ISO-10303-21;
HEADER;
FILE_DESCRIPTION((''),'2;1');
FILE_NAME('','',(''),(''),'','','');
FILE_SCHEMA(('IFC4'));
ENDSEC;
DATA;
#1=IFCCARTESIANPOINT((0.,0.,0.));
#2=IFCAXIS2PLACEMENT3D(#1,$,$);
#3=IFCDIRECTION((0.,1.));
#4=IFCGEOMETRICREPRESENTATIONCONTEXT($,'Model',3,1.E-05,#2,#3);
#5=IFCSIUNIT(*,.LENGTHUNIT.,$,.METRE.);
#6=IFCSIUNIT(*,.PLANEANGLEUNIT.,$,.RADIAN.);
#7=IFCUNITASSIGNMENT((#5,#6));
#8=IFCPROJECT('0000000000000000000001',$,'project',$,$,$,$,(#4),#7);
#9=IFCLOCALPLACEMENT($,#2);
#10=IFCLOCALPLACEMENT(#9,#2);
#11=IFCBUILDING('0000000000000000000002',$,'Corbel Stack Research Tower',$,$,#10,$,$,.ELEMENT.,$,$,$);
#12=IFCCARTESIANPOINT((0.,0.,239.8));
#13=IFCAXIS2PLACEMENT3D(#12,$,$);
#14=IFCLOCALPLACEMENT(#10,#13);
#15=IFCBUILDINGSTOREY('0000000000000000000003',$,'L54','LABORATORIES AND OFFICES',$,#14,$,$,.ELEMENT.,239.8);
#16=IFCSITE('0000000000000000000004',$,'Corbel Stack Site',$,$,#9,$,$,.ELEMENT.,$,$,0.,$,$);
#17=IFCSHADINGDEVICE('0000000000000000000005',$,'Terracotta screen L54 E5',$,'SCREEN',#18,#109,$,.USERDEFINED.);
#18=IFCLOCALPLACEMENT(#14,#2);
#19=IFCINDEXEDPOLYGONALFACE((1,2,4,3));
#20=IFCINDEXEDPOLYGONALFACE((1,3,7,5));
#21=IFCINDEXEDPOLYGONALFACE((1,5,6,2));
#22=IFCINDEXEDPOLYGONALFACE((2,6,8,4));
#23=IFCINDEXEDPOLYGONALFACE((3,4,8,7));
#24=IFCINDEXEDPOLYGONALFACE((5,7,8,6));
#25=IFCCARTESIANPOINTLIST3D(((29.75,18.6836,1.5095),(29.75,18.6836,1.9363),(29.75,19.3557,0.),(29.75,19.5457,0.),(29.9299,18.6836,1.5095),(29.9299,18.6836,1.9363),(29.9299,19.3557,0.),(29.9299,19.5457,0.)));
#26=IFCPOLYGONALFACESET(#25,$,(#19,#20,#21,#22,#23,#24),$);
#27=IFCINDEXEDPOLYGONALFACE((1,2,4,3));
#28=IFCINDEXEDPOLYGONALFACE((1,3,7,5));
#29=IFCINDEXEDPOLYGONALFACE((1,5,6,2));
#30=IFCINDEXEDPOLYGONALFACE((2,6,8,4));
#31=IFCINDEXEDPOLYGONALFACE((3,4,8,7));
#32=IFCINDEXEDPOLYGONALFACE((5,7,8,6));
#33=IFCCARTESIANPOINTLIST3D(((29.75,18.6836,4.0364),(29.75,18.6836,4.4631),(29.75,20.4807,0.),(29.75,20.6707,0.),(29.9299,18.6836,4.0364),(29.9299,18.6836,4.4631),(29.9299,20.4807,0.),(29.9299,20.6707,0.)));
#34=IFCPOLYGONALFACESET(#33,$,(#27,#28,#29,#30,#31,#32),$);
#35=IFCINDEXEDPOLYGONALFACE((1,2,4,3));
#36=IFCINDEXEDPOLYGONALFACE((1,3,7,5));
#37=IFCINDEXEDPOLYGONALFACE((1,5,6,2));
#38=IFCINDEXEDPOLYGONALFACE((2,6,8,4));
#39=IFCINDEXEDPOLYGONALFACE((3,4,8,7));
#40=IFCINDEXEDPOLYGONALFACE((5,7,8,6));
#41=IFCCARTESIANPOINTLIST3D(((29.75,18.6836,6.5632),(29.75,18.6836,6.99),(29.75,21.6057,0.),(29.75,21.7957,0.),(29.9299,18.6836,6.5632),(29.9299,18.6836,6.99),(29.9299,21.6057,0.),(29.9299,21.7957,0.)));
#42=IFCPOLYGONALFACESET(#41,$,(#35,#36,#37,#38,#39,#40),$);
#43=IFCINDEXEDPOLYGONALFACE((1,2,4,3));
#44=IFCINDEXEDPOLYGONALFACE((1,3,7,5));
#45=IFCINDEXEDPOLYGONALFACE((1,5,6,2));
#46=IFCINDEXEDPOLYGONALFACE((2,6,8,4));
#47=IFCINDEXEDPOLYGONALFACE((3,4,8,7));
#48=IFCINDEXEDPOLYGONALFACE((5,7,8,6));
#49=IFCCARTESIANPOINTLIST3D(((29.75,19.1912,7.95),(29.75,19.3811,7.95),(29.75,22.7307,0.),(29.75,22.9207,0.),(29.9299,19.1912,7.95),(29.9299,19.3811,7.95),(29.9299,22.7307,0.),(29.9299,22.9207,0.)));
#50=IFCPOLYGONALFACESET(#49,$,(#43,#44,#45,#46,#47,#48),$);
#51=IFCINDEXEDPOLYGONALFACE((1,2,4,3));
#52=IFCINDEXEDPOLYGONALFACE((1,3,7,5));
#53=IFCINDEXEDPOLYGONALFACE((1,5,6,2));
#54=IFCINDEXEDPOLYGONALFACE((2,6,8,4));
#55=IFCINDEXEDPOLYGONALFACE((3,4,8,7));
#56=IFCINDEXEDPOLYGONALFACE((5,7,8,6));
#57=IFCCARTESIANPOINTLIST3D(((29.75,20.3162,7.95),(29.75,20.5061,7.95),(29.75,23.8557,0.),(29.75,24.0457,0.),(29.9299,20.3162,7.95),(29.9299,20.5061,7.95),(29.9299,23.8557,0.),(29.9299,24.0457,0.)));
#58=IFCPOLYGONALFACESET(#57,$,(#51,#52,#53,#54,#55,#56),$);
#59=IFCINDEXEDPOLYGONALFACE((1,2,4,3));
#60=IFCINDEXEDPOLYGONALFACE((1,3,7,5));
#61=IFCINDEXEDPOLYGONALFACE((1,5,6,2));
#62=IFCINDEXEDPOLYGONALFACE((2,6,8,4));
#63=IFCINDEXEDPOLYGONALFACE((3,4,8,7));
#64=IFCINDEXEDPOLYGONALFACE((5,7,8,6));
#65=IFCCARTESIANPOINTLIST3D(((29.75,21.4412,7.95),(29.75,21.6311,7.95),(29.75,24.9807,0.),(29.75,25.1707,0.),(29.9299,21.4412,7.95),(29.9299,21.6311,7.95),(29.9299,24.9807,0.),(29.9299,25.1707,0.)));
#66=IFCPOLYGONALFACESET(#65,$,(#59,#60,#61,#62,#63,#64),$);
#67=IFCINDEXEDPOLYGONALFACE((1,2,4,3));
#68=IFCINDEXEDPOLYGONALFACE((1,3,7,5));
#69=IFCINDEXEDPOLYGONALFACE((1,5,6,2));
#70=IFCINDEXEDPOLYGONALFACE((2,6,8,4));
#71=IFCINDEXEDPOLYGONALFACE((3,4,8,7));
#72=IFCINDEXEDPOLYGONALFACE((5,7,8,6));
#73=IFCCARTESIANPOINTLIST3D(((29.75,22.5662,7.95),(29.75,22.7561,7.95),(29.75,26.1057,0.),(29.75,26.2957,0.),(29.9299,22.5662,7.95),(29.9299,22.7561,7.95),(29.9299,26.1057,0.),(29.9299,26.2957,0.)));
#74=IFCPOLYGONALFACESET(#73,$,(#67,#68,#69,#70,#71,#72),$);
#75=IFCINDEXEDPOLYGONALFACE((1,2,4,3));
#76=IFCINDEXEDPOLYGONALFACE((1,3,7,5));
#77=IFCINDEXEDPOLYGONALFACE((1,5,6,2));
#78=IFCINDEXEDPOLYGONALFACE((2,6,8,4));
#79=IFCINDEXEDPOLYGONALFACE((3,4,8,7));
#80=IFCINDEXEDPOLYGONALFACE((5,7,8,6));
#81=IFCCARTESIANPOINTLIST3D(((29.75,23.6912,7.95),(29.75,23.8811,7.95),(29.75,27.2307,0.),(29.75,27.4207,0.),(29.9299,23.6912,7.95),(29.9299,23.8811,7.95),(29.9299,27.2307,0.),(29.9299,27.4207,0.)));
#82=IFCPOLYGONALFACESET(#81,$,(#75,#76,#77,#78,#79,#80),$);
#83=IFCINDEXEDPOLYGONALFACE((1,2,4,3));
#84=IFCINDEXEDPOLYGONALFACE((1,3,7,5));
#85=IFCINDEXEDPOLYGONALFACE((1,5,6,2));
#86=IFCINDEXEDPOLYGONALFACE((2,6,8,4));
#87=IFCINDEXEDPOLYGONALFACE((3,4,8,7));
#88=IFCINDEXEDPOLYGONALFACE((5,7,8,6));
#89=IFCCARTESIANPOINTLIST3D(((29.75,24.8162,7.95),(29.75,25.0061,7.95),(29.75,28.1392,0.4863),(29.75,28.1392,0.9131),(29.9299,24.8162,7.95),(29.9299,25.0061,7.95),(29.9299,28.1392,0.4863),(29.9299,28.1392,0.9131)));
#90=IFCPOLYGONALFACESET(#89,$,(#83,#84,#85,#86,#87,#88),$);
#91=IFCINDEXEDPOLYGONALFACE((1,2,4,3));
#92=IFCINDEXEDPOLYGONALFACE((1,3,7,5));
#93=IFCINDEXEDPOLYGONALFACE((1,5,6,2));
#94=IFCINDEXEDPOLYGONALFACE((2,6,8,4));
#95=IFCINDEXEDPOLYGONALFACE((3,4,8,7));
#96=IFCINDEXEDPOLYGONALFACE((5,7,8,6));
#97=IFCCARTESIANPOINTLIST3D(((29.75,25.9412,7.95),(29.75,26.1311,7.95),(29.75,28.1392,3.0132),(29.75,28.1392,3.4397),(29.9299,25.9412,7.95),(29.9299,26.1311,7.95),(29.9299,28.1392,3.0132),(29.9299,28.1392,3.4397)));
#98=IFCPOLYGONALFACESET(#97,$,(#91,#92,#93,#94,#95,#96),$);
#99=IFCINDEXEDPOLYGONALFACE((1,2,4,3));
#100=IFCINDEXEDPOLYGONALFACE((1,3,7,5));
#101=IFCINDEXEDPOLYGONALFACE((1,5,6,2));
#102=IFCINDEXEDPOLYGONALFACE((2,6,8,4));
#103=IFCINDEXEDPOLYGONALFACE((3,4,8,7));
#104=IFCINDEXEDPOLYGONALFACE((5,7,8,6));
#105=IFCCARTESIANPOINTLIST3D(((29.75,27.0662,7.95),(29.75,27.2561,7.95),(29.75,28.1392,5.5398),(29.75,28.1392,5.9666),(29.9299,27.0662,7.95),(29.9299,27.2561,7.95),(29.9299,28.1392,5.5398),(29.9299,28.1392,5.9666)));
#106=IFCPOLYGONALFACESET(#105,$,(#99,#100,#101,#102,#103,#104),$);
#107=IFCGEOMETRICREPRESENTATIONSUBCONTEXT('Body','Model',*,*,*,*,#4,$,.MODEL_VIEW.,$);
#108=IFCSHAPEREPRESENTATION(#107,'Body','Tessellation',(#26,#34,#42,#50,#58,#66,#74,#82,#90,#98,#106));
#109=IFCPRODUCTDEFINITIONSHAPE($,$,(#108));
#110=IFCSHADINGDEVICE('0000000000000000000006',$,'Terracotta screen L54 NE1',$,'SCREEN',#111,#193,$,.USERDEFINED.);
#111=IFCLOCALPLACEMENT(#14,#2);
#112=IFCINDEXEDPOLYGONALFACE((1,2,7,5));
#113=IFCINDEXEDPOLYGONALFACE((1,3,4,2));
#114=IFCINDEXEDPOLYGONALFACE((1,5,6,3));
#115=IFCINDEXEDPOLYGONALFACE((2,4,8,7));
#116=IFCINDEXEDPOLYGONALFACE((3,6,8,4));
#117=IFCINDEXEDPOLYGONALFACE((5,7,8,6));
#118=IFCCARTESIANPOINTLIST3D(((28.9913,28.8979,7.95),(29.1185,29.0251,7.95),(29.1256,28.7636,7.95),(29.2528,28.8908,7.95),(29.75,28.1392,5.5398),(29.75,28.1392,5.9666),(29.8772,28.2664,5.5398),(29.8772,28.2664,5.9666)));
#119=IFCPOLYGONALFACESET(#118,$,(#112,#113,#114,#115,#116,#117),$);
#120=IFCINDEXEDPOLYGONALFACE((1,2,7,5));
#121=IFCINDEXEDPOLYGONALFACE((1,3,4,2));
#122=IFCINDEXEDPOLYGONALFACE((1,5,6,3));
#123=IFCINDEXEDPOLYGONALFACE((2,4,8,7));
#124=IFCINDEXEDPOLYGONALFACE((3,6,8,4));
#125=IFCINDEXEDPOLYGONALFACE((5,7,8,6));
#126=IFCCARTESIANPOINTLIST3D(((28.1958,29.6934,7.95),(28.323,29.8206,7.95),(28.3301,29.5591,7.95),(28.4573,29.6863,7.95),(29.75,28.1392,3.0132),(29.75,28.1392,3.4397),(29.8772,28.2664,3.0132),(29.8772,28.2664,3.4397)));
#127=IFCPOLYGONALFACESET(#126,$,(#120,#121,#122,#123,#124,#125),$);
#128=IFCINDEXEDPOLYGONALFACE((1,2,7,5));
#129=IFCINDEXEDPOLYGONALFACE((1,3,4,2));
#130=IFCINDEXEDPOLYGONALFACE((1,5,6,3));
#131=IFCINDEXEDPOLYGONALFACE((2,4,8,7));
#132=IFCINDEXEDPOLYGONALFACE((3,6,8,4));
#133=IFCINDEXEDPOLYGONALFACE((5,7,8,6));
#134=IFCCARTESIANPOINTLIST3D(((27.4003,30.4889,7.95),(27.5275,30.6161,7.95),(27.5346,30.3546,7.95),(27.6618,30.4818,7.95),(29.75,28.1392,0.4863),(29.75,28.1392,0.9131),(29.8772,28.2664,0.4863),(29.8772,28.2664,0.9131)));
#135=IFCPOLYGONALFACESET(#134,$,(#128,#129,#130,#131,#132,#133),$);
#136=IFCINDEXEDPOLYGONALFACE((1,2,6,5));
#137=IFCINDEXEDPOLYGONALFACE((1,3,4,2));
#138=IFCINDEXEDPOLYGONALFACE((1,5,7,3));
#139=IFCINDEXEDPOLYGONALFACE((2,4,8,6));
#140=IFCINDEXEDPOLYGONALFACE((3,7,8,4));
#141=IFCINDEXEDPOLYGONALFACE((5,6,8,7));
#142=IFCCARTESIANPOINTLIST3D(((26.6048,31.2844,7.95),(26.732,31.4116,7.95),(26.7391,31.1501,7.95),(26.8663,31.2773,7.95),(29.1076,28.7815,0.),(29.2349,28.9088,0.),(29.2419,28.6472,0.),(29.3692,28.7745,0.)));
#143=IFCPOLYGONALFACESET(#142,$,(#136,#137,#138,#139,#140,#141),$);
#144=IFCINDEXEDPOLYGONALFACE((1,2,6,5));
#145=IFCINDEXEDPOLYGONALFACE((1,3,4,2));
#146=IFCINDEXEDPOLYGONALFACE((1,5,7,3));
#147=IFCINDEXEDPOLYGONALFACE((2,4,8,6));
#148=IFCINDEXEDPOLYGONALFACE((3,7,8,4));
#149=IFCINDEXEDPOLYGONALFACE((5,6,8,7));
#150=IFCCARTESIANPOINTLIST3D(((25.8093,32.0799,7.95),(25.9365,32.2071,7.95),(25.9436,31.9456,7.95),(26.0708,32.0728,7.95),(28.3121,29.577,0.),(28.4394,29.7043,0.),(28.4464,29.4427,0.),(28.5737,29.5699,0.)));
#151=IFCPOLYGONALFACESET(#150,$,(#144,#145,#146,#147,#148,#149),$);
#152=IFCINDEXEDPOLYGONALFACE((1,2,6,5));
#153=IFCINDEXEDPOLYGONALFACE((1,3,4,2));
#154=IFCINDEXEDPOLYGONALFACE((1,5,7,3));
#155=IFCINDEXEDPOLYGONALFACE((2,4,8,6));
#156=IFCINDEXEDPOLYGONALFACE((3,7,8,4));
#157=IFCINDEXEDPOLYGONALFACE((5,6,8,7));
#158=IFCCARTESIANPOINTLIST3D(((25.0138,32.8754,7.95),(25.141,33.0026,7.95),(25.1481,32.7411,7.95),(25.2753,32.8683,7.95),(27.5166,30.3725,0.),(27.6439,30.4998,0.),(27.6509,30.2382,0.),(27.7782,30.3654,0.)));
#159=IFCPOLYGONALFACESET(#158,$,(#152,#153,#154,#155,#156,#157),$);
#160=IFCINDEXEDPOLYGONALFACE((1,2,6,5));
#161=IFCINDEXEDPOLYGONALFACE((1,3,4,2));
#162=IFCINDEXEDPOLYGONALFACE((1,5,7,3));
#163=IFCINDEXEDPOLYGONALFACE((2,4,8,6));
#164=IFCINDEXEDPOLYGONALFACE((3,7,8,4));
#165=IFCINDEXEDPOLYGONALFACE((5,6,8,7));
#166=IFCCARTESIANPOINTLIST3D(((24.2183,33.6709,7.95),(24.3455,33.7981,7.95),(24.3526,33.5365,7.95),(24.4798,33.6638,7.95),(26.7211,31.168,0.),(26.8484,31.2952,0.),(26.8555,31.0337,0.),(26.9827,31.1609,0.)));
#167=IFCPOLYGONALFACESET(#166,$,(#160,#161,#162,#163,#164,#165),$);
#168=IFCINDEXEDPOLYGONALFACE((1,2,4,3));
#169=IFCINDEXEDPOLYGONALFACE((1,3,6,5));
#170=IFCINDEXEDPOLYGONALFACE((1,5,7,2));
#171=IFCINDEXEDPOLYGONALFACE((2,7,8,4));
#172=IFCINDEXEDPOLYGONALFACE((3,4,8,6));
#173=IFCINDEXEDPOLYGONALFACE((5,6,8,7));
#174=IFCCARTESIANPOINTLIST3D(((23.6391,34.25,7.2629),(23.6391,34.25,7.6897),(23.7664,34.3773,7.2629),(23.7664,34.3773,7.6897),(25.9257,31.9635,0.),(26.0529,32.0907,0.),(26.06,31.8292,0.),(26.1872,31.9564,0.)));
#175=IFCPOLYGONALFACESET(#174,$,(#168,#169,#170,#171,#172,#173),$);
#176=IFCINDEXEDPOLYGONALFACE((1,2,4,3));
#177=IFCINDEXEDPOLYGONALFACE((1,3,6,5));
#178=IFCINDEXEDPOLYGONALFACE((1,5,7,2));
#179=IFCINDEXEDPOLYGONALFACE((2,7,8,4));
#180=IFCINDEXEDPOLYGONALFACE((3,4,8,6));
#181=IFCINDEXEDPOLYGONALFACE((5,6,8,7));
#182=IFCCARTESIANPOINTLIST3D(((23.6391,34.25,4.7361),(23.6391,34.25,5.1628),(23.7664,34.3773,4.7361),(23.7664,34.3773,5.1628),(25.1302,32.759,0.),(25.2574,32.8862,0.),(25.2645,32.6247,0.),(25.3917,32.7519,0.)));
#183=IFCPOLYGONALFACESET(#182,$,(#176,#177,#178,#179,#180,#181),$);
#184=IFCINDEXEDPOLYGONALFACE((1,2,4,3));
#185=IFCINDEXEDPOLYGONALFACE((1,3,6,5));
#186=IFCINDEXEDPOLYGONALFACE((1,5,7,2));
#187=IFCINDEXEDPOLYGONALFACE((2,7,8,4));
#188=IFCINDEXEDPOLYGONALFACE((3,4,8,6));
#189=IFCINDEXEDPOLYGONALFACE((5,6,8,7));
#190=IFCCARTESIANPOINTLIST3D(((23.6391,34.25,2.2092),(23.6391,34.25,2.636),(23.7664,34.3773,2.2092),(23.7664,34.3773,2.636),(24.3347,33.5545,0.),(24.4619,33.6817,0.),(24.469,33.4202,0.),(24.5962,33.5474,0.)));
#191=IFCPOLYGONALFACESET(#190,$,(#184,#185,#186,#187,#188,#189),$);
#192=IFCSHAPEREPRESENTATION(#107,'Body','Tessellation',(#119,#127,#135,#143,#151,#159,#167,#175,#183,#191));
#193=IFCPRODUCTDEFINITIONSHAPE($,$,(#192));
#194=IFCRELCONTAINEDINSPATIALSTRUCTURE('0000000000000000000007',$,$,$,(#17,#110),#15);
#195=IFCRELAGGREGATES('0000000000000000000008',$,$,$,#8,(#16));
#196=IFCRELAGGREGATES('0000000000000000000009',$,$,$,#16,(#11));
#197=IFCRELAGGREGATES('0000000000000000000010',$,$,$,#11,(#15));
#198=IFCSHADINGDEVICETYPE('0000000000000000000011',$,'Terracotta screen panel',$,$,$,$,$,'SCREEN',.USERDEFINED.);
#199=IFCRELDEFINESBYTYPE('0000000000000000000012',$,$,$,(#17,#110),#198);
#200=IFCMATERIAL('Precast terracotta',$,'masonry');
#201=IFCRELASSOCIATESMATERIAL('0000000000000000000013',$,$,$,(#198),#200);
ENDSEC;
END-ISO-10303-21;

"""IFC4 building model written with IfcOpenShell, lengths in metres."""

from ifc_helpers import new_model, si_unit, direction, frame, origin, place, context, subcontext, project, spatial, polyline, outline, extrude, source, transform, mapped, material, type_object, element, save


model = new_model("IFC4")

# Units and contexts
model_context = context("Model", 3, precision=1e-05, world=origin(), true_north=direction((0.0, 1.0)))
body_context = subcontext(model_context, "Body", "Model", "MODEL_VIEW")
ifc_project = project(units=[si_unit("LENGTHUNIT", "METRE"), si_unit("PLANEANGLEUNIT", "RADIAN")], contexts=[model_context])

# Site, building, storey
site_placement = place(None, origin())
site = spatial("IfcSite", under=ifc_project, at=site_placement, Name="Corbel Stack Site", CompositionType="ELEMENT", RefElevation=0.0)
building_placement = place(site_placement, origin())
building = spatial("IfcBuilding", under=site, at=building_placement, Name="Corbel Stack Research Tower", CompositionType="ELEMENT")
storey_placement = place(building_placement, frame((0.0, 0.0, 239.8)))
storey = spatial("IfcBuildingStorey", under=building, at=storey_placement, Name="L54", Description="LABORATORIES AND OFFICES", CompositionType="ELEMENT", Elevation=239.8)

# Shading devices
ifc_material_1 = material(Name="Precast terracotta", Category="masonry")
shading_device_type = type_object("IfcShadingDeviceType", Name="Terracotta screen panel", ElementType="SCREEN", PredefinedType="USERDEFINED", material=ifc_material_1)
shared_shape_1 = source(origin(), body_context, "Body", "SweptSolid", [
    extrude(outline(polyline([(0.8621, 0.0), (0.0, 1.9363), (0.0, 1.5095), (0.6721, 0.0), (0.8621, 0.0)])), frame((0.0, 0.0, 0.0), z_axis=(0.0, -1.0, 0.0), x_axis=(1.0, 0.0, 0.0)), (0.0, 0.0, 1.0), 0.1799),
    extrude(outline(polyline([(1.9871, 0.0), (0.0, 4.4631), (0.0, 4.0364), (1.7971, 0.0), (1.9871, 0.0)])), frame((0.0, 0.0, 0.0), z_axis=(0.0, -1.0, 0.0), x_axis=(1.0, 0.0, 0.0)), (0.0, 0.0, 1.0), 0.1799),
    extrude(outline(polyline([(3.1121, 0.0), (0.0, 6.99), (0.0, 6.5632), (2.9221, 0.0), (3.1121, 0.0)])), frame((0.0, 0.0, 0.0), z_axis=(0.0, -1.0, 0.0), x_axis=(1.0, 0.0, 0.0)), (0.0, 0.0, 1.0), 0.1799),
    extrude(outline(polyline([(4.2371, 0.0), (0.6975, 7.95), (0.5076, 7.95), (4.0471, 0.0), (4.2371, 0.0)])), frame((0.0, 0.0, 0.0), z_axis=(0.0, -1.0, 0.0), x_axis=(1.0, 0.0, 0.0)), (0.0, 0.0, 1.0), 0.1799),
    extrude(outline(polyline([(5.3621, 0.0), (1.8225, 7.95), (1.6326, 7.95), (5.1721, 0.0), (5.3621, 0.0)])), frame((0.0, 0.0, 0.0), z_axis=(0.0, -1.0, 0.0), x_axis=(1.0, 0.0, 0.0)), (0.0, 0.0, 1.0), 0.1799),
    extrude(outline(polyline([(6.4871, 0.0), (2.9475, 7.95), (2.7576, 7.95), (6.2971, 0.0), (6.4871, 0.0)])), frame((0.0, 0.0, 0.0), z_axis=(0.0, -1.0, 0.0), x_axis=(1.0, 0.0, 0.0)), (0.0, 0.0, 1.0), 0.1799),
    extrude(outline(polyline([(7.6121, 0.0), (4.0725, 7.95), (3.8826, 7.95), (7.4221, 0.0), (7.6121, 0.0)])), frame((0.0, 0.0, 0.0), z_axis=(0.0, -1.0, 0.0), x_axis=(1.0, 0.0, 0.0)), (0.0, 0.0, 1.0), 0.1799),
    extrude(outline(polyline([(8.7371, 0.0), (5.1975, 7.95), (5.0076, 7.95), (8.5471, 0.0), (8.7371, 0.0)])), frame((0.0, 0.0, 0.0), z_axis=(0.0, -1.0, 0.0), x_axis=(1.0, 0.0, 0.0)), (0.0, 0.0, 1.0), 0.1799),
    extrude(outline(polyline([(6.3225, 7.95), (6.1326, 7.95), (9.4556, 0.4863), (9.4556, 0.9131), (6.3225, 7.95)])), frame((0.0, 0.0, 0.0), z_axis=(0.0, -1.0, 0.0), x_axis=(1.0, 0.0, 0.0)), (0.0, 0.0, 1.0), 0.1799),
    extrude(outline(polyline([(7.4475, 7.95), (7.2576, 7.95), (9.4556, 3.0132), (9.4556, 3.4397), (7.4475, 7.95)])), frame((0.0, 0.0, 0.0), z_axis=(0.0, -1.0, 0.0), x_axis=(1.0, 0.0, 0.0)), (0.0, 0.0, 1.0), 0.1799),
    extrude(outline(polyline([(8.5725, 7.95), (8.3826, 7.95), (9.4556, 5.5398), (9.4556, 5.9666), (8.5725, 7.95)])), frame((0.0, 0.0, 0.0), z_axis=(0.0, -1.0, 0.0), x_axis=(1.0, 0.0, 0.0)), (0.0, 0.0, 1.0), 0.1799),
])
shading_device_1_placement = place(storey_placement, frame((29.75, 18.6836, 0.0), z_axis=(0.0, 0.0, 1.0), x_axis=(0.0, 1.0, 0.0)))
element("IfcShadingDevice", 1, at=shading_device_1_placement, inside=storey, type_object=shading_device_type, Name="Terracotta screen L54 E5", ObjectType="SCREEN", PredefinedType="USERDEFINED", context=body_context, shape_type="MappedRepresentation", body=[
    mapped(shared_shape_1, transform((0.0, 0.0, 0.0))),
])
shared_shape_2 = source(origin(), body_context, "Body", "SweptSolid", [
    extrude(outline(polyline([(1.073, 7.95), (0.8831, 7.95), (0.0, 5.9666), (0.0, 5.5398), (1.073, 7.95)])), frame((0.0, 0.0, 0.0), z_axis=(0.0, -1.0, 0.0), x_axis=(1.0, 0.0, 0.0)), (0.0, 0.0, 1.0), 0.1799),
    extrude(outline(polyline([(2.198, 7.95), (2.0081, 7.95), (0.0, 3.4397), (0.0, 3.0132), (2.198, 7.95)])), frame((0.0, 0.0, 0.0), z_axis=(0.0, -1.0, 0.0), x_axis=(1.0, 0.0, 0.0)), (0.0, 0.0, 1.0), 0.1799),
    extrude(outline(polyline([(3.323, 7.95), (3.1331, 7.95), (0.0, 0.9131), (0.0, 0.4863), (3.323, 7.95)])), frame((0.0, 0.0, 0.0), z_axis=(0.0, -1.0, 0.0), x_axis=(1.0, 0.0, 0.0)), (0.0, 0.0, 1.0), 0.1799),
    extrude(outline(polyline([(0.9084, 0.0), (4.448, 7.95), (4.2581, 7.95), (0.7185, 0.0), (0.9084, 0.0)])), frame((0.0, 0.0, 0.0), z_axis=(0.0, -1.0, 0.0), x_axis=(1.0, 0.0, 0.0)), (0.0, 0.0, 1.0), 0.1799),
    extrude(outline(polyline([(2.0334, 0.0), (5.573, 7.95), (5.3831, 7.95), (1.8435, 0.0), (2.0334, 0.0)])), frame((0.0, 0.0, 0.0), z_axis=(0.0, -1.0, 0.0), x_axis=(1.0, 0.0, 0.0)), (0.0, 0.0, 1.0), 0.1799),
    extrude(outline(polyline([(3.1584, 0.0), (6.698, 7.95), (6.5081, 7.95), (2.9685, 0.0), (3.1584, 0.0)])), frame((0.0, 0.0, 0.0), z_axis=(0.0, -1.0, 0.0), x_axis=(1.0, 0.0, 0.0)), (0.0, 0.0, 1.0), 0.1799),
    extrude(outline(polyline([(4.2834, 0.0), (7.823, 7.95), (7.6331, 7.95), (4.0935, 0.0), (4.2834, 0.0)])), frame((0.0, 0.0, 0.0), z_axis=(0.0, -1.0, 0.0), x_axis=(1.0, 0.0, 0.0)), (0.0, 0.0, 1.0), 0.1799),
    extrude(outline(polyline([(5.4084, 0.0), (8.6421, 7.2629), (8.6421, 7.6897), (5.2185, 0.0), (5.4084, 0.0)])), frame((0.0, 0.0, 0.0), z_axis=(0.0, -1.0, 0.0), x_axis=(1.0, 0.0, 0.0)), (0.0, 0.0, 1.0), 0.1799),
    extrude(outline(polyline([(6.5334, 0.0), (8.6421, 4.7361), (8.6421, 5.1628), (6.3435, 0.0), (6.5334, 0.0)])), frame((0.0, 0.0, 0.0), z_axis=(0.0, -1.0, 0.0), x_axis=(1.0, 0.0, 0.0)), (0.0, 0.0, 1.0), 0.1799),
    extrude(outline(polyline([(7.6584, 0.0), (8.6421, 2.2092), (8.6421, 2.636), (7.4685, 0.0), (7.6584, 0.0)])), frame((0.0, 0.0, 0.0), z_axis=(0.0, -1.0, 0.0), x_axis=(1.0, 0.0, 0.0)), (0.0, 0.0, 1.0), 0.1799),
])
shading_device_2_placement = place(storey_placement, frame((29.75, 28.1392, 0.0), z_axis=(0.0, 0.0, 1.0), x_axis=(-0.707107, 0.707107, 0.0)))
element("IfcShadingDevice", 2, at=shading_device_2_placement, inside=storey, type_object=shading_device_type, Name="Terracotta screen L54 NE1", ObjectType="SCREEN", PredefinedType="USERDEFINED", context=body_context, shape_type="MappedRepresentation", body=[
    mapped(shared_shape_2, transform((0.0, 0.0, 0.0))),
])

save(model, "model.ifc")
